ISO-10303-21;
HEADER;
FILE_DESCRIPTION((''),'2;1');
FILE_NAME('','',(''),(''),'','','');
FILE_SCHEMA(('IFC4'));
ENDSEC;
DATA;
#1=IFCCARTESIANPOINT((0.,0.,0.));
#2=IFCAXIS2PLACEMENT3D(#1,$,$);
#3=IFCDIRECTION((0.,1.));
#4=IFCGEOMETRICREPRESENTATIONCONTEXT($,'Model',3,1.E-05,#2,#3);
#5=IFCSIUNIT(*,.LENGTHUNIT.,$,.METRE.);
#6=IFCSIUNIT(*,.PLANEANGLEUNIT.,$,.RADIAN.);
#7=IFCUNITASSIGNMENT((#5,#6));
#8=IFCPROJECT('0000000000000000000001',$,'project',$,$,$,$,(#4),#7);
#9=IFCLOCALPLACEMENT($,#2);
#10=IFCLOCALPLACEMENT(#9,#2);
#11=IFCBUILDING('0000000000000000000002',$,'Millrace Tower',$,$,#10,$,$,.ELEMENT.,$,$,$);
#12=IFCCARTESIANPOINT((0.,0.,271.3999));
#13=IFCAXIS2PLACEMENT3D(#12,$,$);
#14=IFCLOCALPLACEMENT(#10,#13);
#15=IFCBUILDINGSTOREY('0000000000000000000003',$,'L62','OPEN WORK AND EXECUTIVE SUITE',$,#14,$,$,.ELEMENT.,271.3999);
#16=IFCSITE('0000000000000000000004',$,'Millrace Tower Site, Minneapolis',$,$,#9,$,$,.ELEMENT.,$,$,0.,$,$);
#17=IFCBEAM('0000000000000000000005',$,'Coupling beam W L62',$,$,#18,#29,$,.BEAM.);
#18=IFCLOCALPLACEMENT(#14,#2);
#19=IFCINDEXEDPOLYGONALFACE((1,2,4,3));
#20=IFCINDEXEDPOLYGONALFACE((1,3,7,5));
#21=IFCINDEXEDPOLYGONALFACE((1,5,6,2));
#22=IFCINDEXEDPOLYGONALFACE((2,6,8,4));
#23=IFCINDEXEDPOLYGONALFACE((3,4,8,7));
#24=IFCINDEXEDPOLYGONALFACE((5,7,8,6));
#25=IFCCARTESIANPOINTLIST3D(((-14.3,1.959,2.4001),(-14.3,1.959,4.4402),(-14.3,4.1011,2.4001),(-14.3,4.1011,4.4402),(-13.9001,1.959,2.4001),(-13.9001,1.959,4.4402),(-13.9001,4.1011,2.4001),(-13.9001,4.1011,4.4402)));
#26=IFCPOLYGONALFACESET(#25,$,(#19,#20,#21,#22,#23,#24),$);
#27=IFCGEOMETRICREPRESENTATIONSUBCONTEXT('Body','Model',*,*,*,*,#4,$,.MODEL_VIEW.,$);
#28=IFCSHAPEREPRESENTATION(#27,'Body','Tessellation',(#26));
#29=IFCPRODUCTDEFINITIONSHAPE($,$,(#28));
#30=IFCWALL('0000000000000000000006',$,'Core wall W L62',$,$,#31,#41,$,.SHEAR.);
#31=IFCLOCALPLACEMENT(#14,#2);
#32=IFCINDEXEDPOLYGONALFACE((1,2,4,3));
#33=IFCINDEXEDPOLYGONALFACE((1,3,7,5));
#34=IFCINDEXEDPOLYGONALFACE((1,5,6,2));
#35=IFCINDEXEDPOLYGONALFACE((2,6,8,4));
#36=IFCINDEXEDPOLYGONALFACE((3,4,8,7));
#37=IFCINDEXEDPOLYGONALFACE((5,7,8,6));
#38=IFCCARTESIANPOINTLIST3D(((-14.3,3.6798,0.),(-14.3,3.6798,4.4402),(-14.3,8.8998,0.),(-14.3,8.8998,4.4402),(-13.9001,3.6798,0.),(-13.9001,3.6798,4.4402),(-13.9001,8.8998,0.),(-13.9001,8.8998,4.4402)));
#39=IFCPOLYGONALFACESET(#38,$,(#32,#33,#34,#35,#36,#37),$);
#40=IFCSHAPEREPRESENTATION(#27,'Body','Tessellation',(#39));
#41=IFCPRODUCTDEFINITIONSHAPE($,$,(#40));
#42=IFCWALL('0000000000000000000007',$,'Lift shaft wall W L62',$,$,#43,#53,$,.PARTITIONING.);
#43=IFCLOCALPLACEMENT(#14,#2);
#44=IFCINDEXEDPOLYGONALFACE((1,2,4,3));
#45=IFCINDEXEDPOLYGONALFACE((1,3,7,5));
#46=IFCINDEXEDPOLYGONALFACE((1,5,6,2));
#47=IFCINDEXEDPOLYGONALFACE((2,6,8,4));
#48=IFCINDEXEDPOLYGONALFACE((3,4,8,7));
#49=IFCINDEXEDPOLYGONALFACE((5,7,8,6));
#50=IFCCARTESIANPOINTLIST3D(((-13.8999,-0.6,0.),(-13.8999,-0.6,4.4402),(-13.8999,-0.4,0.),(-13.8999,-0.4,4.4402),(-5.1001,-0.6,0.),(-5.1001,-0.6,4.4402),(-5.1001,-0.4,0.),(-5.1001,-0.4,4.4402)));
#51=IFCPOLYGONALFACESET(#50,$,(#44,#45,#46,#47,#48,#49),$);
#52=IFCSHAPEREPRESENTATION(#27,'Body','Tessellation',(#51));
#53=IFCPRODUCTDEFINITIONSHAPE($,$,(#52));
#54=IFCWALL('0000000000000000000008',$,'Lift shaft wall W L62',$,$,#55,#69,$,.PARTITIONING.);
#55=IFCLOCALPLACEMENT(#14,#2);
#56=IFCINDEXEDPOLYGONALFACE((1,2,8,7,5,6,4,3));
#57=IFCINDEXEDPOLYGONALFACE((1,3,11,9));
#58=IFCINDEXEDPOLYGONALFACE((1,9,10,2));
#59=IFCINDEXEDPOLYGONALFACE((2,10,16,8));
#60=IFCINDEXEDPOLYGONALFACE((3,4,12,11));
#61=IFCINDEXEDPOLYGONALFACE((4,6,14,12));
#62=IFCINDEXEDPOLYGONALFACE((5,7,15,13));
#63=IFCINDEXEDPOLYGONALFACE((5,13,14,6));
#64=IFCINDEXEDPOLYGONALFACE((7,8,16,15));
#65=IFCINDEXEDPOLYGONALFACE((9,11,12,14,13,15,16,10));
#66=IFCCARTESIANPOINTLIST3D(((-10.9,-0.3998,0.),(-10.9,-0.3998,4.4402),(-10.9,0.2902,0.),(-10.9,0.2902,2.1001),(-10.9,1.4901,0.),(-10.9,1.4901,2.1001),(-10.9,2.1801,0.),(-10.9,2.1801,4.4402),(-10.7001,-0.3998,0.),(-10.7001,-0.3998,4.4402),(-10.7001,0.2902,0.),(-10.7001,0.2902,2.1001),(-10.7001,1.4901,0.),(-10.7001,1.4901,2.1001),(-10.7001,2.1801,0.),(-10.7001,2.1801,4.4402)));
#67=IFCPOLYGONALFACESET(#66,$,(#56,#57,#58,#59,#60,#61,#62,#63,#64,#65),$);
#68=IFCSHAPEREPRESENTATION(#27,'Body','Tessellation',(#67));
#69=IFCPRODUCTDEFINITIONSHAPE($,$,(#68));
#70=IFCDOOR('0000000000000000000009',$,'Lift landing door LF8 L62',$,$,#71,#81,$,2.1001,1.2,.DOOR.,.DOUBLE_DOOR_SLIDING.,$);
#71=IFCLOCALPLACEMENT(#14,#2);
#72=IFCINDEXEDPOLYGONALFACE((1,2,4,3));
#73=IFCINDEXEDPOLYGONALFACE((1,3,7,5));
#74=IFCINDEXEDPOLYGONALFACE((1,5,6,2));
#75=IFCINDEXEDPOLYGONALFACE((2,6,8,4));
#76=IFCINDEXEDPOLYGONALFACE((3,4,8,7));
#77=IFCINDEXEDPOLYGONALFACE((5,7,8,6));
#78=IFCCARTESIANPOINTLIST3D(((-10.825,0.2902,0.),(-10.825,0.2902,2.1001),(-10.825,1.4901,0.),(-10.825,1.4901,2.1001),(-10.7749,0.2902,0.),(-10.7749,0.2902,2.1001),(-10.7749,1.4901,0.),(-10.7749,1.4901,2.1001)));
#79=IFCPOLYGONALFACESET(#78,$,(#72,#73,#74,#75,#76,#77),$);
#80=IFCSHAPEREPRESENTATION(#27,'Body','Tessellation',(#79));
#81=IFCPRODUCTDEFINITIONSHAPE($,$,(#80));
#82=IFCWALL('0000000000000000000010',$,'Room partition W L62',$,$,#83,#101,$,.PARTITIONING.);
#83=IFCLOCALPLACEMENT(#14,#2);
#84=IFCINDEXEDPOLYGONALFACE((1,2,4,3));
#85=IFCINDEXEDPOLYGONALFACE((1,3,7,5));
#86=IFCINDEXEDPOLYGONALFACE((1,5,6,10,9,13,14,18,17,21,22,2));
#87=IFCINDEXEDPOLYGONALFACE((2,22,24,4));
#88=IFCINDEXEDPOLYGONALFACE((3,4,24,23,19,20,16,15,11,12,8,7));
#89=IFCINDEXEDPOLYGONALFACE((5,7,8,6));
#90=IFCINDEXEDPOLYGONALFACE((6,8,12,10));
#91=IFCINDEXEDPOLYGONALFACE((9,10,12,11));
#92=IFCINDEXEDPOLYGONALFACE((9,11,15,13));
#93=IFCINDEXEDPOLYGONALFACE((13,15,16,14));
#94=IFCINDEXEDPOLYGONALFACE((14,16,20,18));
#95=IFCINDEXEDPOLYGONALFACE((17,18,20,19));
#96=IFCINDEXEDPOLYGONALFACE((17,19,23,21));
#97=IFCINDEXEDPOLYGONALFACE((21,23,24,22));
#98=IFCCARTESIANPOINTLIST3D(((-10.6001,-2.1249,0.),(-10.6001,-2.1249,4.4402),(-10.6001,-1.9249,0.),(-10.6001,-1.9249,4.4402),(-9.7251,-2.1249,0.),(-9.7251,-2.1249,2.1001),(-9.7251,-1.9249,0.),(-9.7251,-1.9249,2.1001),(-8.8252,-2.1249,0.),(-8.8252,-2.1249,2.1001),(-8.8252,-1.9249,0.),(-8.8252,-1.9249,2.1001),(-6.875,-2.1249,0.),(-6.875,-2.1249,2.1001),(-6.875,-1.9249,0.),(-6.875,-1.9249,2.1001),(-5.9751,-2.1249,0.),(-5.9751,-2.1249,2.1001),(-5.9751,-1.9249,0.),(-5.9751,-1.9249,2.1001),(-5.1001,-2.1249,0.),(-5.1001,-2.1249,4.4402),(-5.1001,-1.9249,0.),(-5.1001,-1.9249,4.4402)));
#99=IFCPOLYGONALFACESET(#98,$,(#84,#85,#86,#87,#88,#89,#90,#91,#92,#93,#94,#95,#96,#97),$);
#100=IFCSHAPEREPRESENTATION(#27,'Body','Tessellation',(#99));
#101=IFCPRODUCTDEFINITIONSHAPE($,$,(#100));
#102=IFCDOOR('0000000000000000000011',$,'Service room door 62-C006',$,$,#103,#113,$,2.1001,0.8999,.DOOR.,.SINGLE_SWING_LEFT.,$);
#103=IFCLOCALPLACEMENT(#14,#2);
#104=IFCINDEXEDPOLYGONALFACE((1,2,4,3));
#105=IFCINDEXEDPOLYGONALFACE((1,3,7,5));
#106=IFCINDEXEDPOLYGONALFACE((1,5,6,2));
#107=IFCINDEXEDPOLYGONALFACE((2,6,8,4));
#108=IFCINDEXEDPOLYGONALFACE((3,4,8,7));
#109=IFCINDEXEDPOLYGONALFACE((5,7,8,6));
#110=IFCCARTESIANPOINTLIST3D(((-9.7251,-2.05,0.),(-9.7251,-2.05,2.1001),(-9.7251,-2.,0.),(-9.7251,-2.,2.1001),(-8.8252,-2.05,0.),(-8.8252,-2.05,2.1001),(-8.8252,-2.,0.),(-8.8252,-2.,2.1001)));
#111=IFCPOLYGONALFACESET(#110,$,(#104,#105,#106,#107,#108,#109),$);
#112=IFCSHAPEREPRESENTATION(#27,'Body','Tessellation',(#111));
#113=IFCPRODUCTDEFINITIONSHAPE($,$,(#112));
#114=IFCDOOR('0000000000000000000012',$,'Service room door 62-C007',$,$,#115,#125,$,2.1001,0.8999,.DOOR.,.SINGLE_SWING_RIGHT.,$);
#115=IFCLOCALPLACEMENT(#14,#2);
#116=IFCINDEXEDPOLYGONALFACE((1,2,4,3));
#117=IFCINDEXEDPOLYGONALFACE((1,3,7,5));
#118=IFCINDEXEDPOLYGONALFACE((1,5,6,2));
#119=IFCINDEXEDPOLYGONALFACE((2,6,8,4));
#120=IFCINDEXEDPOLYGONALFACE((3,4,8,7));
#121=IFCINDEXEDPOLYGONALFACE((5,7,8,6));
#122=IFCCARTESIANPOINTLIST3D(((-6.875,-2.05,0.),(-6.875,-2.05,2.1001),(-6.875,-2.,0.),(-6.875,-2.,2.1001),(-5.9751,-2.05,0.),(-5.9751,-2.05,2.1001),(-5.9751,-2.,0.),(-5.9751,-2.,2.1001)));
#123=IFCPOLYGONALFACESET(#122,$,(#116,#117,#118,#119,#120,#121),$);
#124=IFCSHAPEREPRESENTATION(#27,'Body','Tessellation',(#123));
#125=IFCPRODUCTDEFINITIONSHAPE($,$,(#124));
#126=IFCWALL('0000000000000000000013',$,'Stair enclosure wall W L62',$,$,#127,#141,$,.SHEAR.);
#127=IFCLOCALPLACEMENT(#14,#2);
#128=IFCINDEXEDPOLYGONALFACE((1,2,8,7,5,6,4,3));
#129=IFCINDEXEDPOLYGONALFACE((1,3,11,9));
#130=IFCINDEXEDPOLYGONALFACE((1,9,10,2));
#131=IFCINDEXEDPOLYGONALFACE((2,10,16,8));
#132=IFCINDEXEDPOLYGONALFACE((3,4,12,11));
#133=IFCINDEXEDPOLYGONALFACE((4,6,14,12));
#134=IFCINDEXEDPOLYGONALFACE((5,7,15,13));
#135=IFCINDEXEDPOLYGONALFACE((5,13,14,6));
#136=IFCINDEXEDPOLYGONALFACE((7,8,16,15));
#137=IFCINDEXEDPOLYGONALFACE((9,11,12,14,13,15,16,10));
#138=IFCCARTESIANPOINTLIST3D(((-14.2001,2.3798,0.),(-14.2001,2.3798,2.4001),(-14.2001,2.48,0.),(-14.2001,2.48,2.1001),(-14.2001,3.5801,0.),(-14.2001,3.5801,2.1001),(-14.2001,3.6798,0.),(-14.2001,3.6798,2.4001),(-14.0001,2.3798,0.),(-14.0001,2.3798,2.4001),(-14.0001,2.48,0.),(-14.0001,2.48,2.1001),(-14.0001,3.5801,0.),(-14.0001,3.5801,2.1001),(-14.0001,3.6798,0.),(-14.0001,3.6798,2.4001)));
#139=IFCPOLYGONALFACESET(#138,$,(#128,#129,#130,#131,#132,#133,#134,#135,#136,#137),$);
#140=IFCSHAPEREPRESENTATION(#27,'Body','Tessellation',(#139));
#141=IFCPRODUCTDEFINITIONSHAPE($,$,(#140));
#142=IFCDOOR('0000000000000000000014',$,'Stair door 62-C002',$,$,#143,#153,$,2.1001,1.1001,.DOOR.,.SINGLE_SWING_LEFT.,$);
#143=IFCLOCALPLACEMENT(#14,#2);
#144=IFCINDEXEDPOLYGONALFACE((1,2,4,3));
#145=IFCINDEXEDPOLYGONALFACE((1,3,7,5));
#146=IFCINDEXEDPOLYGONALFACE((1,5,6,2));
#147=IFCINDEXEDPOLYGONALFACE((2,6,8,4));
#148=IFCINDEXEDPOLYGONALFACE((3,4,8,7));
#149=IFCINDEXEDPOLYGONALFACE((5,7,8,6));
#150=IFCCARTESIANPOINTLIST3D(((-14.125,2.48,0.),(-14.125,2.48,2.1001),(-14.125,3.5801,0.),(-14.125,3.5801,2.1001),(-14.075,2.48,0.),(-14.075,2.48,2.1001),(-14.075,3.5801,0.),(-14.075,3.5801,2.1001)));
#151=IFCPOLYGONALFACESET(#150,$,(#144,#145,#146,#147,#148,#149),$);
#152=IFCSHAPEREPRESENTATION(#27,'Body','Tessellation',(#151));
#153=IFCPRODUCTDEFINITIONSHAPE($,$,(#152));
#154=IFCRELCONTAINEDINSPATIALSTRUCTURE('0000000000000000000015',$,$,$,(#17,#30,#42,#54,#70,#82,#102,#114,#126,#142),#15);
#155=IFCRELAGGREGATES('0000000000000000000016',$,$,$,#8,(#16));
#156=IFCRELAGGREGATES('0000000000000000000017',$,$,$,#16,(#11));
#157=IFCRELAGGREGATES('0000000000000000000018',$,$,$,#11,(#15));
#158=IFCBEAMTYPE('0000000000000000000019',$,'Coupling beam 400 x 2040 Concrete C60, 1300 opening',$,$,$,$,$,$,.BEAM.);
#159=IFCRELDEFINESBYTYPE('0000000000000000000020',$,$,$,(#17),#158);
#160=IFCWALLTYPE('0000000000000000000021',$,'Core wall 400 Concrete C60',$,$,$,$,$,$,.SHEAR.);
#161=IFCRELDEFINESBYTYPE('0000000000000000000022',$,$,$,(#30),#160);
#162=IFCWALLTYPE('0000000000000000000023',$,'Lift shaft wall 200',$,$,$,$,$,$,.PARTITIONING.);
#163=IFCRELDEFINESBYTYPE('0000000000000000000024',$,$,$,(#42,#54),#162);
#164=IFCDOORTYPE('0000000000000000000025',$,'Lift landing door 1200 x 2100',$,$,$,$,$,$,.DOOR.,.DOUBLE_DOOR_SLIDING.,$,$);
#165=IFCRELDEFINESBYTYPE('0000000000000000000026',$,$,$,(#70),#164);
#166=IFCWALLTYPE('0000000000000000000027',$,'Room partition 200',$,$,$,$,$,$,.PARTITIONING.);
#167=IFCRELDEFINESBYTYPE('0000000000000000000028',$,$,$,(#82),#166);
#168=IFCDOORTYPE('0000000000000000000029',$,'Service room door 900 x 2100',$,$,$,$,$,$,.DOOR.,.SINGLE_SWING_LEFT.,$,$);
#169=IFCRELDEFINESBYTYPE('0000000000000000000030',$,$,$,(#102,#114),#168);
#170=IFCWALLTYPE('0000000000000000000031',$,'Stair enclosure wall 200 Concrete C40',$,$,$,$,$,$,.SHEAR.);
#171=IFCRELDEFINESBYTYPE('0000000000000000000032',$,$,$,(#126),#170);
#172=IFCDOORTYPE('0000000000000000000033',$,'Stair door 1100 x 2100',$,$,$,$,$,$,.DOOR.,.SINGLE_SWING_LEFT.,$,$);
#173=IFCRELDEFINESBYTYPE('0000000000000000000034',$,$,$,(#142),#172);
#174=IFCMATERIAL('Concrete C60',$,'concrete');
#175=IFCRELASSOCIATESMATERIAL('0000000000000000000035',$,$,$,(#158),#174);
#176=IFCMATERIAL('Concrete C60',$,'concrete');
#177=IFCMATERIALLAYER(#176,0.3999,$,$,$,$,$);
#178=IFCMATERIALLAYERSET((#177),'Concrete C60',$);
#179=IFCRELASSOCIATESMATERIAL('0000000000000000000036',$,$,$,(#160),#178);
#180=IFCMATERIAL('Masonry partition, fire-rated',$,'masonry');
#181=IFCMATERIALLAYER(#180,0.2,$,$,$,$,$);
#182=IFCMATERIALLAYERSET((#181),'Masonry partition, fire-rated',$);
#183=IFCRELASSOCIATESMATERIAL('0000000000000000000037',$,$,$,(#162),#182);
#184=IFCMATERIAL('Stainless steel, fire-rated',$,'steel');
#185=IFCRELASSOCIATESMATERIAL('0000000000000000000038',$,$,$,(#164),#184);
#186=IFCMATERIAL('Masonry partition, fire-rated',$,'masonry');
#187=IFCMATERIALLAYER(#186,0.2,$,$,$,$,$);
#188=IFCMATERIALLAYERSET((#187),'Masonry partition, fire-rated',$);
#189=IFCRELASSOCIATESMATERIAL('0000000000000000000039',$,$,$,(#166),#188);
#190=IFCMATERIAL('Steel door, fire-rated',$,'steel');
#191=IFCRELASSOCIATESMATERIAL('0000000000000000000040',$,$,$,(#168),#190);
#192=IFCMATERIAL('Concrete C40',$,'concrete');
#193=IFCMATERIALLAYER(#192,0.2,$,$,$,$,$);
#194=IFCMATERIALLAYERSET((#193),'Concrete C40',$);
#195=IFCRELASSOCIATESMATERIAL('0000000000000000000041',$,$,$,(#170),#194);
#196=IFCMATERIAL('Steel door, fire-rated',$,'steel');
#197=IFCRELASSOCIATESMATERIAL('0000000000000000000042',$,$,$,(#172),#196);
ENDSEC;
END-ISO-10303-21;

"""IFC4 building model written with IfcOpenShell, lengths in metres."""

from ifc_helpers import new_model, si_unit, direction, frame, frame_2d, origin, origin_2d, place, context, subcontext, project, spatial, rectangle, extrude, material, layer, layer_set, material_profile, profile_set, type_object, element, fill, save


model = new_model("IFC4")

# Units and contexts
model_context = context("Model", 3, precision=1e-05, world=origin(), true_north=direction((0.0, 1.0)))
body_context = subcontext(model_context, "Body", "Model", "MODEL_VIEW")
ifc_project = project(units=[si_unit("LENGTHUNIT", "METRE"), si_unit("PLANEANGLEUNIT", "RADIAN")], contexts=[model_context])

# Site, building, storey
site_placement = place(None, origin())
site = spatial("IfcSite", under=ifc_project, at=site_placement, Name="Millrace Tower Site, Minneapolis", CompositionType="ELEMENT", RefElevation=0.0)
building_placement = place(site_placement, origin())
building = spatial("IfcBuilding", under=site, at=building_placement, Name="Millrace Tower", CompositionType="ELEMENT")
storey_placement = place(building_placement, frame((0.0, 0.0, 271.3999)))
storey = spatial("IfcBuildingStorey", under=building, at=storey_placement, Name="L62", Description="OPEN WORK AND EXECUTIVE SUITE", CompositionType="ELEMENT", Elevation=271.3999)

# Beam
ifc_material_1 = material(Name="Concrete C60", Category="concrete")
ifc_material_profile = material_profile(ifc_material_1, rectangle(XDim=0.3999, YDim=2.04, at=origin_2d()))
ifc_profile_set = profile_set([ifc_material_profile], Name="Concrete C60")
beam_type = type_object("IfcBeamType", Name="Coupling beam 400 x 2040 Concrete C60, 1300 opening", PredefinedType="BEAM", material=ifc_profile_set)
beam_placement = place(storey_placement, frame((-14.1001, 1.959, 3.4202), z_axis=(0.0, 1.0, 0.0), x_axis=(-1.0, 0.0, 0.0)))
element("IfcBeam", 1, at=beam_placement, inside=storey, type_object=beam_type, Name="Coupling beam W L62", PredefinedType="BEAM", context=body_context, shape_type="SweptSolid", body=[
    extrude(rectangle(XDim=0.3999, YDim=2.04, at=origin_2d()), origin(), (0.0, 0.0, 1.0), 2.1421),
])

# Walls
ifc_material_2 = material(Name="Concrete C60", Category="concrete")
ifc_layer_1 = layer(ifc_material_2, 0.3999)
ifc_layer_set_1 = layer_set([ifc_layer_1], Name="Concrete C60")
wall_type_1 = type_object("IfcWallType", Name="Core wall 400 Concrete C60", PredefinedType="SHEAR", material=ifc_layer_set_1)
wall_1_placement = place(storey_placement, frame((-14.1001, 3.6799, 0.0), z_axis=(0.0, 0.0, 1.0), x_axis=(0.0, 1.0, 0.0)))
element("IfcWall", 2, at=wall_1_placement, inside=storey, type_object=wall_type_1, Name="Core wall W L62", PredefinedType="SHEAR", context=body_context, shape_type="SweptSolid", body=[
    extrude(rectangle(XDim=5.22, YDim=0.3999, at=frame_2d((2.6099, 0.0))), origin(), (0.0, 0.0, 1.0), 4.4402),
])
ifc_material_3 = material(Name="Masonry partition, fire-rated", Category="masonry")
ifc_layer_2 = layer(ifc_material_3, 0.2)
ifc_layer_set_2 = layer_set([ifc_layer_2], Name="Masonry partition, fire-rated")
wall_type_2 = type_object("IfcWallType", Name="Lift shaft wall 200", PredefinedType="PARTITIONING", material=ifc_layer_set_2)
wall_2_placement = place(storey_placement, frame((-13.8999, -0.5, 0.0), z_axis=(0.0, 0.0, 1.0), x_axis=(1.0, 0.0, 0.0)))
element("IfcWall", 3, at=wall_2_placement, inside=storey, type_object=wall_type_2, Name="Lift shaft wall W L62", PredefinedType="PARTITIONING", context=body_context, shape_type="SweptSolid", body=[
    extrude(rectangle(XDim=8.7998, YDim=0.2, at=frame_2d((4.3999, 0.0))), origin(), (0.0, 0.0, 1.0), 4.4402),
])

# Wall, opening, door
wall_3_placement = place(storey_placement, frame((-10.8, -0.3999, 0.0), z_axis=(0.0, 0.0, 1.0), x_axis=(0.0, 1.0, 0.0)))
wall_3 = element("IfcWall", 4, at=wall_3_placement, inside=storey, type_object=wall_type_2, Name="Lift shaft wall W L62", PredefinedType="PARTITIONING", context=body_context, shape_type="SweptSolid", body=[
    extrude(rectangle(XDim=2.5798, YDim=0.2, at=frame_2d((1.29, 0.0))), origin(), (0.0, 0.0, 1.0), 4.4402),
])
opening_1_placement = place(wall_3_placement, frame((0.6899, 0.0, 0.0)))
opening_1 = element("IfcOpeningElement", 5, at=opening_1_placement, cuts=wall_3, PredefinedType="OPENING", context=body_context, shape_type="SweptSolid", body=[
    extrude(rectangle(XDim=1.2, YDim=2.1001, at=frame_2d((0.6001, 1.05))), frame((0.0, 0.1099, 0.0), z_axis=(0.0, -1.0, 0.0), x_axis=(1.0, 0.0, 0.0)), (0.0, 0.0, 1.0), 0.22),
])
ifc_material_4 = material(Name="Stainless steel, fire-rated", Category="steel")
door_type_1 = type_object("IfcDoorType", Name="Lift landing door 1200 x 2100", OperationType="DOUBLE_DOOR_SLIDING", PredefinedType="DOOR", material=ifc_material_4)
door_1_placement = place(opening_1_placement, origin())
door_1 = element("IfcDoor", 6, at=door_1_placement, inside=storey, type_object=door_type_1, Name="Lift landing door LF8 L62", OperationType="DOUBLE_DOOR_SLIDING", OverallHeight=2.1001, OverallWidth=1.2, PredefinedType="DOOR", context=body_context, shape_type="SweptSolid", body=[
    extrude(rectangle(XDim=1.2, YDim=2.1001, at=frame_2d((0.6001, 1.05))), frame((0.0, 0.0249, 0.0), z_axis=(0.0, -1.0, 0.0), x_axis=(1.0, 0.0, 0.0)), (0.0, 0.0, 1.0), 0.05),
])
fill(opening_1, door_1)

# Wall, openings, doors
ifc_material_5 = material(Name="Masonry partition, fire-rated", Category="masonry")
ifc_layer_3 = layer(ifc_material_5, 0.2)
ifc_layer_set_3 = layer_set([ifc_layer_3], Name="Masonry partition, fire-rated")
wall_type_3 = type_object("IfcWallType", Name="Room partition 200", PredefinedType="PARTITIONING", material=ifc_layer_set_3)
wall_4_placement = place(storey_placement, frame((-10.6001, -2.0249, 0.0), z_axis=(0.0, 0.0, 1.0), x_axis=(1.0, 0.0, 0.0)))
wall_4 = element("IfcWall", 7, at=wall_4_placement, inside=storey, type_object=wall_type_3, Name="Room partition W L62", PredefinedType="PARTITIONING", context=body_context, shape_type="SweptSolid", body=[
    extrude(rectangle(XDim=5.5, YDim=0.2, at=frame_2d((2.75, 0.0))), origin(), (0.0, 0.0, 1.0), 4.4402),
])
opening_2_placement = place(wall_4_placement, frame((0.875, 0.0, 0.0)))
opening_2 = element("IfcOpeningElement", 8, at=opening_2_placement, cuts=wall_4, PredefinedType="OPENING", context=body_context, shape_type="SweptSolid", body=[
    extrude(rectangle(XDim=0.8999, YDim=2.1001, at=frame_2d((0.45, 1.05))), frame((0.0, 0.1099, 0.0), z_axis=(0.0, -1.0, 0.0), x_axis=(1.0, 0.0, 0.0)), (0.0, 0.0, 1.0), 0.22),
])
opening_3_placement = place(wall_4_placement, frame((3.7251, 0.0, 0.0)))
opening_3 = element("IfcOpeningElement", 9, at=opening_3_placement, cuts=wall_4, PredefinedType="OPENING", context=body_context, shape_type="SweptSolid", body=[
    extrude(rectangle(XDim=0.8999, YDim=2.1001, at=frame_2d((0.45, 1.05))), frame((0.0, 0.1099, 0.0), z_axis=(0.0, -1.0, 0.0), x_axis=(1.0, 0.0, 0.0)), (0.0, 0.0, 1.0), 0.22),
])
ifc_material_6 = material(Name="Steel door, fire-rated", Category="steel")
door_type_2 = type_object("IfcDoorType", Name="Service room door 900 x 2100", OperationType="SINGLE_SWING_LEFT", PredefinedType="DOOR", material=ifc_material_6)
door_2_placement = place(opening_2_placement, origin())
door_2 = element("IfcDoor", 10, at=door_2_placement, inside=storey, type_object=door_type_2, Name="Service room door 62-C006", OperationType="SINGLE_SWING_LEFT", OverallHeight=2.1001, OverallWidth=0.8999, PredefinedType="DOOR", context=body_context, shape_type="SweptSolid", body=[
    extrude(rectangle(XDim=0.8999, YDim=2.1001, at=frame_2d((0.45, 1.05))), frame((0.0, 0.0249, 0.0), z_axis=(0.0, -1.0, 0.0), x_axis=(1.0, 0.0, 0.0)), (0.0, 0.0, 1.0), 0.05),
])
fill(opening_2, door_2)
door_3_placement = place(opening_3_placement, origin())
door_3 = element("IfcDoor", 11, at=door_3_placement, inside=storey, type_object=door_type_2, Name="Service room door 62-C007", OperationType="SINGLE_SWING_RIGHT", OverallHeight=2.1001, OverallWidth=0.8999, PredefinedType="DOOR", context=body_context, shape_type="SweptSolid", body=[
    extrude(rectangle(XDim=0.8999, YDim=2.1001, at=frame_2d((0.45, 1.05))), frame((0.0, 0.0249, 0.0), z_axis=(0.0, -1.0, 0.0), x_axis=(1.0, 0.0, 0.0)), (0.0, 0.0, 1.0), 0.05),
])
fill(opening_3, door_3)

# Wall, opening, door
ifc_material_7 = material(Name="Concrete C40", Category="concrete")
ifc_layer_4 = layer(ifc_material_7, 0.2)
ifc_layer_set_4 = layer_set([ifc_layer_4], Name="Concrete C40")
wall_type_4 = type_object("IfcWallType", Name="Stair enclosure wall 200 Concrete C40", PredefinedType="SHEAR", material=ifc_layer_set_4)
wall_5_placement = place(storey_placement, frame((-14.1001, 2.3799, 0.0), z_axis=(0.0, 0.0, 1.0), x_axis=(0.0, 1.0, 0.0)))
wall_5 = element("IfcWall", 12, at=wall_5_placement, inside=storey, type_object=wall_type_4, Name="Stair enclosure wall W L62", PredefinedType="SHEAR", context=body_context, shape_type="SweptSolid", body=[
    extrude(rectangle(XDim=1.3, YDim=0.2, at=frame_2d((0.6499, 0.0))), origin(), (0.0, 0.0, 1.0), 2.4001),
])
opening_4_placement = place(wall_5_placement, frame((0.1001, 0.0, 0.0)))
opening_4 = element("IfcOpeningElement", 13, at=opening_4_placement, cuts=wall_5, PredefinedType="OPENING", context=body_context, shape_type="SweptSolid", body=[
    extrude(rectangle(XDim=1.1001, YDim=2.1001, at=frame_2d((0.55, 1.05))), frame((0.0, 0.1099, 0.0), z_axis=(0.0, -1.0, 0.0), x_axis=(1.0, 0.0, 0.0)), (0.0, 0.0, 1.0), 0.22),
])
ifc_material_8 = material(Name="Steel door, fire-rated", Category="steel")
door_type_3 = type_object("IfcDoorType", Name="Stair door 1100 x 2100", OperationType="SINGLE_SWING_LEFT", PredefinedType="DOOR", material=ifc_material_8)
door_4_placement = place(opening_4_placement, origin())
door_4 = element("IfcDoor", 14, at=door_4_placement, inside=storey, type_object=door_type_3, Name="Stair door 62-C002", OperationType="SINGLE_SWING_LEFT", OverallHeight=2.1001, OverallWidth=1.1001, PredefinedType="DOOR", context=body_context, shape_type="SweptSolid", body=[
    extrude(rectangle(XDim=1.1001, YDim=2.1001, at=frame_2d((0.55, 1.05))), frame((0.0, 0.0249, 0.0), z_axis=(0.0, -1.0, 0.0), x_axis=(1.0, 0.0, 0.0)), (0.0, 0.0, 1.0), 0.05),
])
fill(opening_4, door_4)

save(model, "model.ifc")
